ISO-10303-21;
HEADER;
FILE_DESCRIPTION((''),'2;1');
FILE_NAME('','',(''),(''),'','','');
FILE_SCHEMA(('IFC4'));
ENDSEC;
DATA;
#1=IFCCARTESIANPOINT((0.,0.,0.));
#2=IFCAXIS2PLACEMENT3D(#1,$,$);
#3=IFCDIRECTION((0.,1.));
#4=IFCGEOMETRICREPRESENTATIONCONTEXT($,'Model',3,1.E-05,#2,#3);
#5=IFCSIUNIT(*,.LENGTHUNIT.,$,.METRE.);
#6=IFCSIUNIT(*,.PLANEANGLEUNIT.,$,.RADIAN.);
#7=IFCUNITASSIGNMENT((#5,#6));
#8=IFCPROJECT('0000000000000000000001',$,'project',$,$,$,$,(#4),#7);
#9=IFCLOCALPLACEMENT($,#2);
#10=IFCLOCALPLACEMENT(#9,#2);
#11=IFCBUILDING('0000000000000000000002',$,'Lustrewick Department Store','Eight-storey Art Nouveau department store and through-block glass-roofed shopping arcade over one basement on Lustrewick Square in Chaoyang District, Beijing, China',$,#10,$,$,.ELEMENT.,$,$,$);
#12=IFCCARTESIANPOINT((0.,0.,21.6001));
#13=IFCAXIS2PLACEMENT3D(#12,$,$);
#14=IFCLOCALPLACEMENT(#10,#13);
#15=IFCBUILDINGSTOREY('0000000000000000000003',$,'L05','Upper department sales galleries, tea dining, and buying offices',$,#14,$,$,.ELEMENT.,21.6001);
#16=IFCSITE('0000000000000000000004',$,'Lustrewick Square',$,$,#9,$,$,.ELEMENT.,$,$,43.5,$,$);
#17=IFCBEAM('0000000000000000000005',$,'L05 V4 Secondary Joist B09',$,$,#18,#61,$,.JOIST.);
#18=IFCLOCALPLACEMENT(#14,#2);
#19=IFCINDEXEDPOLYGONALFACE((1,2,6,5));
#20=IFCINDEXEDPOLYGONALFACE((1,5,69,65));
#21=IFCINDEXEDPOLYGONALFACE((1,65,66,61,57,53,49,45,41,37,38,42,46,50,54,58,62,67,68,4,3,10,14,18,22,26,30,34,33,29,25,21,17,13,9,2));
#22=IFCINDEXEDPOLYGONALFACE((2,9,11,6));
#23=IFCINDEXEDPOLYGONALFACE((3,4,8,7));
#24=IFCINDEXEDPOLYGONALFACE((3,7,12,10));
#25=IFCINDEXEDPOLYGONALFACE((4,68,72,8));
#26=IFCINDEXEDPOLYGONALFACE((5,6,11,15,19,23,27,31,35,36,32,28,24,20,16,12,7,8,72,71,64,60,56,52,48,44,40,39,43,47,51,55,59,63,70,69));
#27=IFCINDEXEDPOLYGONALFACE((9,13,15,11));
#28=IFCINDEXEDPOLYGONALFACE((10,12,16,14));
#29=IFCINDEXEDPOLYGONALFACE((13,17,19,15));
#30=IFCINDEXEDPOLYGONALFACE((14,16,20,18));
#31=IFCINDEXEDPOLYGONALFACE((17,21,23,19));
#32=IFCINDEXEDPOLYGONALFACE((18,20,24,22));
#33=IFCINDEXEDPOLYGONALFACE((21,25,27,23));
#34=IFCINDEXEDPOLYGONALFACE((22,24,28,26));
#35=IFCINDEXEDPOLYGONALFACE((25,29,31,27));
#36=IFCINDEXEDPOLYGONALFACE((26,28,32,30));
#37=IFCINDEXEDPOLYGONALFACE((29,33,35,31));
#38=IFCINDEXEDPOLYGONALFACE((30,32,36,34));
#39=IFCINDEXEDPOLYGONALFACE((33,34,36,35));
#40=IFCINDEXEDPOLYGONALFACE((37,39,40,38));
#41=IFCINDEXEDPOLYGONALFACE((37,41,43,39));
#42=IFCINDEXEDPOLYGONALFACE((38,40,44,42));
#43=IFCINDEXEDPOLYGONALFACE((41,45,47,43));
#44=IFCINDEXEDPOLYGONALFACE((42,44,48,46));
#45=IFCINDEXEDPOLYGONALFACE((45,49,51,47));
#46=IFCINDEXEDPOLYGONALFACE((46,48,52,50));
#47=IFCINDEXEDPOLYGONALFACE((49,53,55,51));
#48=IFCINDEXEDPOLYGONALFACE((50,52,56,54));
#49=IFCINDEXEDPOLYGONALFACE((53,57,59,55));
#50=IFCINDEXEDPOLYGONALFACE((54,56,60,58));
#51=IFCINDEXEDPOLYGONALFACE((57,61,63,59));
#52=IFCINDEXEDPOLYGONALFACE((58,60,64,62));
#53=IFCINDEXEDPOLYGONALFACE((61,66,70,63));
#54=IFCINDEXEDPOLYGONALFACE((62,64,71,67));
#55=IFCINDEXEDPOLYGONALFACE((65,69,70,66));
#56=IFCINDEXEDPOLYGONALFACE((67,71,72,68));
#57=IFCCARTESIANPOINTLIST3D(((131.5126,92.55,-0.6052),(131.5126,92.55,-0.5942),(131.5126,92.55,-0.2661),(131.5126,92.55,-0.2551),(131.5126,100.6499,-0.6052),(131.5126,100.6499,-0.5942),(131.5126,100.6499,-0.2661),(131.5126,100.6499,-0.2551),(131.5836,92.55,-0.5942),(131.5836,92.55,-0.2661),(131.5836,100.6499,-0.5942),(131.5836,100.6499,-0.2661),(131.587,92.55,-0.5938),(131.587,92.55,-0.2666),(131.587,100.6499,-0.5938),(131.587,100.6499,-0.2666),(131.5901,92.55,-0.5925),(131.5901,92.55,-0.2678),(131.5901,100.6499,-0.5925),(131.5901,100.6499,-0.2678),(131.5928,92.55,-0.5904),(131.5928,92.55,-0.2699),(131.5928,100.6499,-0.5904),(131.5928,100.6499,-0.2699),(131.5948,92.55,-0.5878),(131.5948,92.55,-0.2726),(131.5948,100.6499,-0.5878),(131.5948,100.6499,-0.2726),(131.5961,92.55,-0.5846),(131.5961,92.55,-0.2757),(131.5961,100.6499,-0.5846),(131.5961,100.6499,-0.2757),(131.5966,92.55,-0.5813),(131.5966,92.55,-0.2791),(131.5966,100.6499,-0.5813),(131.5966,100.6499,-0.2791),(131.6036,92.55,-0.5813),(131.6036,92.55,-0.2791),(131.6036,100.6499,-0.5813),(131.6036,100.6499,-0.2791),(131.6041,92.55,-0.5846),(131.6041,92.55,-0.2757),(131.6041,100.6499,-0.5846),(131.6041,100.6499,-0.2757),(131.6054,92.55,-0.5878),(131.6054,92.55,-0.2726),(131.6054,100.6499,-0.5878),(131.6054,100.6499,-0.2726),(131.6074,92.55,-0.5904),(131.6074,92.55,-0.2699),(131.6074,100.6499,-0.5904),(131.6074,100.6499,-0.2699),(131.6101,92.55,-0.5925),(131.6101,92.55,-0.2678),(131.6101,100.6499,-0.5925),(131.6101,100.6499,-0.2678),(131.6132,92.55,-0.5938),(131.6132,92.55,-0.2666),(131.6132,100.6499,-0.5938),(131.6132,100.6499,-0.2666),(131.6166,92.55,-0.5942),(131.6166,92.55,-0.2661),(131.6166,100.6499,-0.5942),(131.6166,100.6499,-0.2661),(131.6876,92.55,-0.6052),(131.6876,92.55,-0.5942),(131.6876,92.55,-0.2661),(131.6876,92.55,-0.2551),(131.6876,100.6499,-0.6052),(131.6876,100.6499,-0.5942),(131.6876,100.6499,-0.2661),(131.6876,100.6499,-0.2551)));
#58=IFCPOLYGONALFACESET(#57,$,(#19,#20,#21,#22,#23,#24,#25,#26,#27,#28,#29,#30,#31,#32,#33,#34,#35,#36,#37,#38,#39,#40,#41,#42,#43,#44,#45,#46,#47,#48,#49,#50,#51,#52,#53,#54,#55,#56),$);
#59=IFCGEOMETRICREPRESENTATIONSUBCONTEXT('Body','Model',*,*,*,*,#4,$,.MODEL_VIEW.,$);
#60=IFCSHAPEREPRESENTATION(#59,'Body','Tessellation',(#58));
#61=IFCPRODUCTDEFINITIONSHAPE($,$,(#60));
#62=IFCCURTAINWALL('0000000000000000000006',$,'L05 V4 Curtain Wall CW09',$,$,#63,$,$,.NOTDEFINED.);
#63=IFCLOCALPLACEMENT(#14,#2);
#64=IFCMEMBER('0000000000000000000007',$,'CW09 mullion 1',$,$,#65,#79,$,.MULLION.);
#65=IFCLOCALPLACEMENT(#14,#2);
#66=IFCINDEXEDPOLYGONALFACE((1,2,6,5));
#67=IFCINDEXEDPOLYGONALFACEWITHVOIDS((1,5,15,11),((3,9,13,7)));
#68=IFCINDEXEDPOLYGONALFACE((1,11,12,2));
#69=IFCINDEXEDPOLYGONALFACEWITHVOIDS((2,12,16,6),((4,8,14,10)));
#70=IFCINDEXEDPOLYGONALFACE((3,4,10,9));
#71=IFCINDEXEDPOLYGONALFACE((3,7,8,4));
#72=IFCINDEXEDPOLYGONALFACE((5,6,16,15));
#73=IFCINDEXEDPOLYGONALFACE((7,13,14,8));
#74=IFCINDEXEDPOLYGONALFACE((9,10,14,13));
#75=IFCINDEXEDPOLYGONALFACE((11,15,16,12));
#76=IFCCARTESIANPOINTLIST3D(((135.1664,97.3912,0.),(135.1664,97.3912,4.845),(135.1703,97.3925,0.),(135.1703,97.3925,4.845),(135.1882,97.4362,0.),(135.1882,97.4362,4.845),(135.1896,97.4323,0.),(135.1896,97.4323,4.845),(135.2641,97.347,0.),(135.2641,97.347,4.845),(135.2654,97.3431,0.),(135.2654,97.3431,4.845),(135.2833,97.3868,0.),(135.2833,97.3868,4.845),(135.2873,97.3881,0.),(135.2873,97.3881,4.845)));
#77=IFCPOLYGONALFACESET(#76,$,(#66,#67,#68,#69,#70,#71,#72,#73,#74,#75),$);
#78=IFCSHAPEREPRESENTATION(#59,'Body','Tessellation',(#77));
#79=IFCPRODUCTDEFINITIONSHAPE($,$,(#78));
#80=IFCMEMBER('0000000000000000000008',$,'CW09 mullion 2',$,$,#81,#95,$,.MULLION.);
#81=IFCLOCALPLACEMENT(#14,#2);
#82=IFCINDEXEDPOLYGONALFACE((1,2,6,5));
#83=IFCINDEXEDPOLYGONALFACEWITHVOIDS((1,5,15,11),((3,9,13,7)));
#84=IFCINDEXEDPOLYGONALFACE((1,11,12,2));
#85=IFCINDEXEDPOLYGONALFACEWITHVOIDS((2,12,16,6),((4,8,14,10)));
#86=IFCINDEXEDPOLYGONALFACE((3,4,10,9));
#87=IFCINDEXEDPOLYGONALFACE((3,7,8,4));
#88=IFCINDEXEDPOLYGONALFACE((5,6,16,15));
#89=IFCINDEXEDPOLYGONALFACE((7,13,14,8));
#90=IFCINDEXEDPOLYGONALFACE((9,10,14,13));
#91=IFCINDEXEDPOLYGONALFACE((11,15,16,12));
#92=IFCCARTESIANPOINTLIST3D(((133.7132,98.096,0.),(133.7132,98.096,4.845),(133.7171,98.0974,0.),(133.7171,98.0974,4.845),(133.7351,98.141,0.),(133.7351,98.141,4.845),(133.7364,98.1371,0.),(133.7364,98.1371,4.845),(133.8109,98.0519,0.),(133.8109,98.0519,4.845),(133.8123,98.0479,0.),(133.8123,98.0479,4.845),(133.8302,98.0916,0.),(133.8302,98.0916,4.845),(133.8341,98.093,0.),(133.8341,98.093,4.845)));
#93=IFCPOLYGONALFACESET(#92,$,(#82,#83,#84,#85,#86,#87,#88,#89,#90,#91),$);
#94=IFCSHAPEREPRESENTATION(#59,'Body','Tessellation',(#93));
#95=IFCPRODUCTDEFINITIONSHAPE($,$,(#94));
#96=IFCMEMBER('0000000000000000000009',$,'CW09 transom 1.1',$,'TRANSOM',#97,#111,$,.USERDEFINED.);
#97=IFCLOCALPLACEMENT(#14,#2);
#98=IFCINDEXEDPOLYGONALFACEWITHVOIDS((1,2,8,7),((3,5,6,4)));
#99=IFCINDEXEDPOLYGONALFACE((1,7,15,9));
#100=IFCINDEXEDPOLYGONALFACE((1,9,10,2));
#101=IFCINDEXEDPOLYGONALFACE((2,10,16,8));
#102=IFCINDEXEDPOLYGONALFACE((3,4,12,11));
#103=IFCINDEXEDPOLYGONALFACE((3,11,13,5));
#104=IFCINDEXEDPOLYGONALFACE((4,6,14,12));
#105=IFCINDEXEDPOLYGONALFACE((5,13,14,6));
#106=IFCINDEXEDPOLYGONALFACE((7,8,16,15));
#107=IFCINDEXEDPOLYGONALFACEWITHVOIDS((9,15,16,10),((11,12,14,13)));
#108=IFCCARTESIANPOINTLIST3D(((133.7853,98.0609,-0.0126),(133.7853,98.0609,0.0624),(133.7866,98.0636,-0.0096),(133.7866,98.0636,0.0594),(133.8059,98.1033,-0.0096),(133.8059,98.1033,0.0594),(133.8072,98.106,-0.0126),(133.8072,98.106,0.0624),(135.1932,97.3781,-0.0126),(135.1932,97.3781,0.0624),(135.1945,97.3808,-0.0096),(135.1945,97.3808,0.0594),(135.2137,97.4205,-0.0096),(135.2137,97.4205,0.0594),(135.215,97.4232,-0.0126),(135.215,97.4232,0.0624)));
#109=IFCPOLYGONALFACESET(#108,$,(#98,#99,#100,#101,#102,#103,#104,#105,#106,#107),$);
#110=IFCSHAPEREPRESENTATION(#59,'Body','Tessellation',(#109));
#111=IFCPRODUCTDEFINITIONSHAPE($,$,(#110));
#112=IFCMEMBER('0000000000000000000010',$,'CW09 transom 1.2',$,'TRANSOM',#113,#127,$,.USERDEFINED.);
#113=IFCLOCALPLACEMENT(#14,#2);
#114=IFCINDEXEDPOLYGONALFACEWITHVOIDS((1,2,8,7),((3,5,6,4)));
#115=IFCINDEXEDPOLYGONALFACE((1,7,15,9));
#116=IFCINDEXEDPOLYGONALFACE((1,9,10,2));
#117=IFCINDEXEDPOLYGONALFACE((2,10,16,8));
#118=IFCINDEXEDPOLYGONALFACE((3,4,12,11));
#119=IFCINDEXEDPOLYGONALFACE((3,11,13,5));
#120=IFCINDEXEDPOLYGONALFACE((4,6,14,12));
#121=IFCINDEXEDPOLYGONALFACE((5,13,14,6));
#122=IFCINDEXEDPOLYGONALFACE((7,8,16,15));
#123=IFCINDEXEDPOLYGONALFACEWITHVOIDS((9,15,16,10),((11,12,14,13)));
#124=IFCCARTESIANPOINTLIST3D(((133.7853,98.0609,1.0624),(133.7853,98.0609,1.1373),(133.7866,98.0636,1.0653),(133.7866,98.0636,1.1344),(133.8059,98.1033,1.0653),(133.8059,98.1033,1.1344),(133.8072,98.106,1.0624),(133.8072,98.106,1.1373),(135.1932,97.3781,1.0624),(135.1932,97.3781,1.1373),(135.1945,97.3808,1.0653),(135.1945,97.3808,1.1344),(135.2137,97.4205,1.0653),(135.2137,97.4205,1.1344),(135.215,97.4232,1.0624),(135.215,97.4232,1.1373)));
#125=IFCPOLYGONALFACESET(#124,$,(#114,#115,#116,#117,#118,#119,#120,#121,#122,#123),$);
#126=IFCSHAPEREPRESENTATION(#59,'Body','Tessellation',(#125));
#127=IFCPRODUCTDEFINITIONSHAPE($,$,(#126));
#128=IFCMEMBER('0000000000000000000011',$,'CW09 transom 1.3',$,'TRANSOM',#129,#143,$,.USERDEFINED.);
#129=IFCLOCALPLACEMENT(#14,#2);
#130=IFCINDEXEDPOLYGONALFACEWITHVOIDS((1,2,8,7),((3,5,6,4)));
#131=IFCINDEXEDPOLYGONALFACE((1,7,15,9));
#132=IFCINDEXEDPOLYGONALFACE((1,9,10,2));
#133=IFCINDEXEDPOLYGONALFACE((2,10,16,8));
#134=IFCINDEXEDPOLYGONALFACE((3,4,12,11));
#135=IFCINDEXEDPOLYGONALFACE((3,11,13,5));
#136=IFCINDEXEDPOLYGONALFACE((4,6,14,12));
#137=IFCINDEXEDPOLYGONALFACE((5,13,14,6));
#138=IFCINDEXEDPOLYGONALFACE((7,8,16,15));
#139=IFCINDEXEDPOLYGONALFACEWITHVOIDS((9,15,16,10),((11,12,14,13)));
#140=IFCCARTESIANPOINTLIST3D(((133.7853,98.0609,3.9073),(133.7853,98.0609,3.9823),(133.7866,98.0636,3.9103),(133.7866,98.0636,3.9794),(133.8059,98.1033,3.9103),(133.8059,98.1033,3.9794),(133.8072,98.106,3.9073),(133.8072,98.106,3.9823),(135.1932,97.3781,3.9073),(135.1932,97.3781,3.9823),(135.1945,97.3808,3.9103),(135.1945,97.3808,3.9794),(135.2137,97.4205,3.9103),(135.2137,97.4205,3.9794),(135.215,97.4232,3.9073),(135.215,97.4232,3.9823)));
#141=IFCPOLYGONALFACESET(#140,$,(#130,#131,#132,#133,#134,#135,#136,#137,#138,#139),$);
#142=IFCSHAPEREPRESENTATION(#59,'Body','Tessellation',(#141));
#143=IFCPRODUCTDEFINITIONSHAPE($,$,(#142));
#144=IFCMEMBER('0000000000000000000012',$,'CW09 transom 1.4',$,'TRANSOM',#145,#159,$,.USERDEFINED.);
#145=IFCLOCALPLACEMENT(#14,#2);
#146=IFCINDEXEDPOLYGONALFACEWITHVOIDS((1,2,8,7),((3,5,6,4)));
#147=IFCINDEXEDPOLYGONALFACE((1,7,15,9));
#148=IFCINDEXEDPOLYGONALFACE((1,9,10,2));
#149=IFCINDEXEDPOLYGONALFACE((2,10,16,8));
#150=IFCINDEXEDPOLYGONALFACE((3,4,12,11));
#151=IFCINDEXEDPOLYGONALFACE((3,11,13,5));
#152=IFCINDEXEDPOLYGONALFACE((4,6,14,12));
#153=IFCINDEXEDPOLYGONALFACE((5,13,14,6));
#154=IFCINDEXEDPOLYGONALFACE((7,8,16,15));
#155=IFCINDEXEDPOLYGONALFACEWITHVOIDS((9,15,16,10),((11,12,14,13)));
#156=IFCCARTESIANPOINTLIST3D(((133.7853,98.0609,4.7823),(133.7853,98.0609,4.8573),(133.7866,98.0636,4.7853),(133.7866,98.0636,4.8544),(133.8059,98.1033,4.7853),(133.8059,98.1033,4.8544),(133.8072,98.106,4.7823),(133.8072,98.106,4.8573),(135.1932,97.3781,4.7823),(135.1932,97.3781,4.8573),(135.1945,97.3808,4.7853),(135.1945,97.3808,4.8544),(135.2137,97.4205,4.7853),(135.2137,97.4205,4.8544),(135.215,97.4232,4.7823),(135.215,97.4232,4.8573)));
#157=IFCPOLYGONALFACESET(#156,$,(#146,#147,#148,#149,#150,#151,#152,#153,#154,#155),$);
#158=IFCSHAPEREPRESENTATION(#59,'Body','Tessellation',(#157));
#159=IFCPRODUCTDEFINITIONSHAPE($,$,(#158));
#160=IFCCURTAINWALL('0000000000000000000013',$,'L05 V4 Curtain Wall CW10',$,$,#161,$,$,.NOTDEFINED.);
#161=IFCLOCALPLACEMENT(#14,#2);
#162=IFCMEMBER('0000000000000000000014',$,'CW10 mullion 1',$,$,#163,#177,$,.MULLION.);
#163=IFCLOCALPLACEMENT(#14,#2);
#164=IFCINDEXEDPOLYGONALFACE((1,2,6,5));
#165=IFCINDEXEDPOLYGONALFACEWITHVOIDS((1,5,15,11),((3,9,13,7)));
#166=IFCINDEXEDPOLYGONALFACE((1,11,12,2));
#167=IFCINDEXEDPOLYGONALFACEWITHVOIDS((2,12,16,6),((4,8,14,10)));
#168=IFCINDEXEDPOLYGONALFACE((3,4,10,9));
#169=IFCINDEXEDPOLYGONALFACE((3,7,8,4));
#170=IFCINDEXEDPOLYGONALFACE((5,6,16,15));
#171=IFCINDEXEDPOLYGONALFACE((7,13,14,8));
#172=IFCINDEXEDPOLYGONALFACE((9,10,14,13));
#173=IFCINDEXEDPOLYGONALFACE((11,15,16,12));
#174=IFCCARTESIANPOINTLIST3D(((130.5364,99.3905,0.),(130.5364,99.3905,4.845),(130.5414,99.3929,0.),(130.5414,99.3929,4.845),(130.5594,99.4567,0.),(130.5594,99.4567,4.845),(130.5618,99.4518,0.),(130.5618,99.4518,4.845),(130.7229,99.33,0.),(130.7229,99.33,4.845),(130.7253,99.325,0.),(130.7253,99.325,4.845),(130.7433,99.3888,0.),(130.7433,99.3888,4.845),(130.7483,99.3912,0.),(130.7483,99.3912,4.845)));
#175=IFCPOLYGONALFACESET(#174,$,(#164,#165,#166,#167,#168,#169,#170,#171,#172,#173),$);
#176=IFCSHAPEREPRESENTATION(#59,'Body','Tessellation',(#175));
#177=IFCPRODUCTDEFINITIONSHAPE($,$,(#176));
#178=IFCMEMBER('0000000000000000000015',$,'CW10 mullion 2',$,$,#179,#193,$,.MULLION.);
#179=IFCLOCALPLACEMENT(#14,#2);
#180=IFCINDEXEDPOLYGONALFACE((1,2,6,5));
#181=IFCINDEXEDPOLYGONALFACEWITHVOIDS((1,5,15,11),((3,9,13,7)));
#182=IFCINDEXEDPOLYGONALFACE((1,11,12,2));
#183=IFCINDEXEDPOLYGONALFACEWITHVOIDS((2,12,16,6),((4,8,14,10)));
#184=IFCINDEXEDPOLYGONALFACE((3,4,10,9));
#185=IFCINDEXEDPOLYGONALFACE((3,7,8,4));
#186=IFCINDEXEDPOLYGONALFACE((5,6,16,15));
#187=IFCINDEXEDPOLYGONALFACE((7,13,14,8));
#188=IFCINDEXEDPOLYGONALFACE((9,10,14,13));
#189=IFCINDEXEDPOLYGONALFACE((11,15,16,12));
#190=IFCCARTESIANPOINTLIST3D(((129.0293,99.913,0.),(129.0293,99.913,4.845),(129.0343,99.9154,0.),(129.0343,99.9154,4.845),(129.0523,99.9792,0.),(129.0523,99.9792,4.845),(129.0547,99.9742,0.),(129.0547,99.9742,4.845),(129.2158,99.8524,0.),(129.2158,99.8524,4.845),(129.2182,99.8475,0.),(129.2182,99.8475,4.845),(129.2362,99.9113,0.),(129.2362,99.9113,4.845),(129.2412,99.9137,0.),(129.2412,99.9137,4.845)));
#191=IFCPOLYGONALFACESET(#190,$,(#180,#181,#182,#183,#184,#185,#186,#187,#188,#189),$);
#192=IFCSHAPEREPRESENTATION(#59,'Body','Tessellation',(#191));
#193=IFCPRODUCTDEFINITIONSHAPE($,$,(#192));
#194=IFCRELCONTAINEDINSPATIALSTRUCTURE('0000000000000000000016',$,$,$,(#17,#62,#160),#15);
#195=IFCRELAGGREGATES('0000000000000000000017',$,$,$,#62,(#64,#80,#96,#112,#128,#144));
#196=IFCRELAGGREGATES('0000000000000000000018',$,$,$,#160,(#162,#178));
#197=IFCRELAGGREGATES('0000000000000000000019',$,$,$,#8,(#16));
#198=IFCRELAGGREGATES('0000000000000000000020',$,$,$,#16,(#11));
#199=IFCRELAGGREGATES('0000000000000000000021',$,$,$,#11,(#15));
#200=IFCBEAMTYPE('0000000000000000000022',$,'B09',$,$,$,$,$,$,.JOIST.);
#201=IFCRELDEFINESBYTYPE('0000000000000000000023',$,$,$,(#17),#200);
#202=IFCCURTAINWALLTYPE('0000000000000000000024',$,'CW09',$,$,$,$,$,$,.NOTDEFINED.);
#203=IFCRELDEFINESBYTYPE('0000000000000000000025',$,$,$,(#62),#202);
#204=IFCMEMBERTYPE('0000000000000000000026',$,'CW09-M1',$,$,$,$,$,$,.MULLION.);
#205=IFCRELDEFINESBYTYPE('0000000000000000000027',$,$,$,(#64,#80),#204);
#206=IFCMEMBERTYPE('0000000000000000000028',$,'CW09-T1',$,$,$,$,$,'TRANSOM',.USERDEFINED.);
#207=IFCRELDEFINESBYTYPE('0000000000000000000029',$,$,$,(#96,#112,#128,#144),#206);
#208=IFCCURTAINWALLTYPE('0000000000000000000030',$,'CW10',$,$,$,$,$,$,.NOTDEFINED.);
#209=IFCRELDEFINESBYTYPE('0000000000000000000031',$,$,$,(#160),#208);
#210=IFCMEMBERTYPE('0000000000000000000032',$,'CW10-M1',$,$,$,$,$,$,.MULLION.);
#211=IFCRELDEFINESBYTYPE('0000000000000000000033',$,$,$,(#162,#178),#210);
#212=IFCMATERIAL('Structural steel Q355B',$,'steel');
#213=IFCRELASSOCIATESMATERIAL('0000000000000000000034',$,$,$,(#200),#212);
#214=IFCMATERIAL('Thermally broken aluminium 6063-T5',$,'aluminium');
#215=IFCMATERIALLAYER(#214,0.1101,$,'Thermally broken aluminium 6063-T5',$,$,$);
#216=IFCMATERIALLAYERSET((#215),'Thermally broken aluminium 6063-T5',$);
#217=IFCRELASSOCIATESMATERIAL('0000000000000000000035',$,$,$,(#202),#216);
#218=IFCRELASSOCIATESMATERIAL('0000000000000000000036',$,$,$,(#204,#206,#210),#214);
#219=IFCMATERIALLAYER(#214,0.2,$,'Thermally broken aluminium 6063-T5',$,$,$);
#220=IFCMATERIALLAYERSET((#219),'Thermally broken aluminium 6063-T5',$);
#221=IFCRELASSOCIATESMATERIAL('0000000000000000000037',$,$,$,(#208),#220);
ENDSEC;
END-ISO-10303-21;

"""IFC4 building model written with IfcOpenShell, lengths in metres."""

from ifc_helpers import new_model, si_unit, direction, frame, origin, origin_2d, place, context, subcontext, project, spatial, hollow_rectangle, i_section, extrude, material, layer, layer_set, material_profile, profile_set, type_object, element, aggregate, save


model = new_model("IFC4")

# Units and contexts
model_context = context("Model", 3, precision=1e-05, world=origin(), true_north=direction((0.0, 1.0)))
body_context = subcontext(model_context, "Body", "Model", "MODEL_VIEW")
ifc_project = project(units=[si_unit("LENGTHUNIT", "METRE"), si_unit("PLANEANGLEUNIT", "RADIAN")], contexts=[model_context])

# Site, building, storey
site_placement = place(None, origin())
site = spatial("IfcSite", under=ifc_project, at=site_placement, Name="Lustrewick Square", CompositionType="ELEMENT", RefElevation=43.5)
building_placement = place(site_placement, origin())
building = spatial("IfcBuilding", under=site, at=building_placement, Name="Lustrewick Department Store", Description="Eight-storey Art Nouveau department store and through-block glass-roofed shopping arcade over one basement on Lustrewick Square in Chaoyang District, Beijing, China", CompositionType="ELEMENT")
storey_placement = place(building_placement, frame((0.0, 0.0, 21.6001)))
storey = spatial("IfcBuildingStorey", under=building, at=storey_placement, Name="L05", Description="Upper department sales galleries, tea dining, and buying offices", CompositionType="ELEMENT", Elevation=21.6001)

# Beam
ifc_material_1 = material(Name="Structural steel Q355B", Category="steel")
ifc_material_profile_1 = material_profile(ifc_material_1, i_section(OverallWidth=0.175, OverallDepth=0.3501, WebThickness=0.0071, FlangeThickness=0.011, FilletRadius=0.0129, at=origin_2d()), Name="HN 350x175x7x11")
ifc_profile_set_1 = profile_set([ifc_material_profile_1], Name="Structural steel Q355B")
beam_type_1 = type_object("IfcBeamType", Name="B09", PredefinedType="JOIST", material=ifc_profile_set_1)
beam_1_placement = place(storey_placement, frame((131.6001, 92.55, -0.4302), z_axis=(0.0, 1.0, 0.0), x_axis=(-1.0, 0.0, 0.0)))
element("IfcBeam", 1, at=beam_1_placement, inside=storey, type_object=beam_type_1, Name="L05 V4 Secondary Joist B09", PredefinedType="JOIST", context=body_context, shape_type="SweptSolid", body=[
    extrude(i_section(OverallWidth=0.175, OverallDepth=0.3501, WebThickness=0.0071, FlangeThickness=0.011, FilletRadius=0.0129, at=origin_2d()), origin(), (0.0, 0.0, 1.0), 8.0999),
])

# Curtain walls, members
ifc_material_2 = material(Name="Thermally broken aluminium 6063-T5", Category="aluminium")
ifc_layer_1 = layer(ifc_material_2, 0.1101, Name="Thermally broken aluminium 6063-T5")
ifc_layer_set_1 = layer_set([ifc_layer_1], Name="Thermally broken aluminium 6063-T5")
curtain_wall_type_1 = type_object("IfcCurtainWallType", Name="CW09", PredefinedType="NOTDEFINED", material=ifc_layer_set_1)
curtain_wall_1_placement = place(storey_placement, origin())
curtain_wall_1 = element("IfcCurtainWall", 2, at=curtain_wall_1_placement, inside=storey, type_object=curtain_wall_type_1, Name="L05 V4 Curtain Wall CW09", PredefinedType="NOTDEFINED")
ifc_material_profile_2 = material_profile(ifc_material_2, hollow_rectangle(XDim=0.05, YDim=0.1101, WallThickness=0.0029, at=origin_2d()), Name="ALU-M 50x110x3")
ifc_profile_set_2 = profile_set([ifc_material_profile_2], Name="Thermally broken aluminium 6063-T5")
member_type_1 = type_object("IfcMemberType", Name="CW09-M1", PredefinedType="MULLION", material=ifc_profile_set_2)
member_1_placement = place(storey_placement, frame((135.2268, 97.3896, 0.0), z_axis=(0.0, 0.0, 1.0), x_axis=(-0.436418, -0.899744, 0.0)))
member_1 = element("IfcMember", 3, at=member_1_placement, type_object=member_type_1, Name="CW09 mullion 1", PredefinedType="MULLION", context=body_context, shape_type="SweptSolid", body=[
    extrude(hollow_rectangle(XDim=0.05, YDim=0.1101, WallThickness=0.0029, at=origin_2d()), origin(), (0.0, 0.0, 1.0), 4.845),
])
member_2_placement = place(storey_placement, frame((133.7737, 98.0945, 0.0), z_axis=(0.0, 0.0, 1.0), x_axis=(-0.436418, -0.899744, 0.0)))
member_2 = element("IfcMember", 4, at=member_2_placement, type_object=member_type_1, Name="CW09 mullion 2", PredefinedType="MULLION", context=body_context, shape_type="SweptSolid", body=[
    extrude(hollow_rectangle(XDim=0.05, YDim=0.1101, WallThickness=0.0029, at=origin_2d()), origin(), (0.0, 0.0, 1.0), 4.845),
])
ifc_material_profile_3 = material_profile(ifc_material_2, hollow_rectangle(XDim=0.05, YDim=0.075, WallThickness=0.0029, at=origin_2d()), Name="ALU-T 50x75x3")
ifc_profile_set_3 = profile_set([ifc_material_profile_3], Name="Thermally broken aluminium 6063-T5")
member_type_2 = type_object("IfcMemberType", Name="CW09-T1", ElementType="TRANSOM", PredefinedType="USERDEFINED", material=ifc_profile_set_3)
member_3_placement = place(storey_placement, frame((135.2041, 97.4006, 0.0249), z_axis=(-0.89976, 0.436385, 0.0), x_axis=(-0.436385, -0.89976, 0.0)))
member_3 = element("IfcMember", 5, at=member_3_placement, type_object=member_type_2, Name="CW09 transom 1.1", ObjectType="TRANSOM", PredefinedType="USERDEFINED", context=body_context, shape_type="SweptSolid", body=[
    extrude(hollow_rectangle(XDim=0.05, YDim=0.075, WallThickness=0.0029, at=origin_2d()), origin(), (0.0, 0.0, 1.0), 1.5647),
])
member_4_placement = place(storey_placement, frame((135.2041, 97.4006, 1.0999), z_axis=(-0.89976, 0.436385, 0.0), x_axis=(-0.436385, -0.89976, 0.0)))
member_4 = element("IfcMember", 6, at=member_4_placement, type_object=member_type_2, Name="CW09 transom 1.2", ObjectType="TRANSOM", PredefinedType="USERDEFINED", context=body_context, shape_type="SweptSolid", body=[
    extrude(hollow_rectangle(XDim=0.05, YDim=0.075, WallThickness=0.0029, at=origin_2d()), origin(), (0.0, 0.0, 1.0), 1.5647),
])
member_5_placement = place(storey_placement, frame((135.2041, 97.4006, 3.9448), z_axis=(-0.89976, 0.436385, 0.0), x_axis=(-0.436385, -0.89976, 0.0)))
member_5 = element("IfcMember", 7, at=member_5_placement, type_object=member_type_2, Name="CW09 transom 1.3", ObjectType="TRANSOM", PredefinedType="USERDEFINED", context=body_context, shape_type="SweptSolid", body=[
    extrude(hollow_rectangle(XDim=0.05, YDim=0.075, WallThickness=0.0029, at=origin_2d()), origin(), (0.0, 0.0, 1.0), 1.5647),
])
member_6_placement = place(storey_placement, frame((135.2041, 97.4006, 4.8198), z_axis=(-0.89976, 0.436385, 0.0), x_axis=(-0.436385, -0.89976, 0.0)))
member_6 = element("IfcMember", 8, at=member_6_placement, type_object=member_type_2, Name="CW09 transom 1.4", ObjectType="TRANSOM", PredefinedType="USERDEFINED", context=body_context, shape_type="SweptSolid", body=[
    extrude(hollow_rectangle(XDim=0.05, YDim=0.075, WallThickness=0.0029, at=origin_2d()), origin(), (0.0, 0.0, 1.0), 1.5647),
])
ifc_layer_2 = layer(ifc_material_2, 0.2, Name="Thermally broken aluminium 6063-T5")
ifc_layer_set_2 = layer_set([ifc_layer_2], Name="Thermally broken aluminium 6063-T5")
curtain_wall_type_2 = type_object("IfcCurtainWallType", Name="CW10", PredefinedType="NOTDEFINED", material=ifc_layer_set_2)
curtain_wall_2_placement = place(storey_placement, origin())
curtain_wall_2 = element("IfcCurtainWall", 9, at=curtain_wall_2_placement, inside=storey, type_object=curtain_wall_type_2, Name="L05 V4 Curtain Wall CW10", PredefinedType="NOTDEFINED")
ifc_material_profile_4 = material_profile(ifc_material_2, hollow_rectangle(XDim=0.0701, YDim=0.2, WallThickness=0.0039, at=origin_2d()), Name="ALU-M 70x200x4")
ifc_profile_set_4 = profile_set([ifc_material_profile_4], Name="Thermally broken aluminium 6063-T5")
member_type_3 = type_object("IfcMemberType", Name="CW10-M1", PredefinedType="MULLION", material=ifc_profile_set_4)
member_7_placement = place(storey_placement, frame((130.6423, 99.3909, 0.0), z_axis=(0.0, 0.0, 1.0), x_axis=(-0.327628, -0.944807, 0.0)))
member_7 = element("IfcMember", 10, at=member_7_placement, type_object=member_type_3, Name="CW10 mullion 1", PredefinedType="MULLION", context=body_context, shape_type="SweptSolid", body=[
    extrude(hollow_rectangle(XDim=0.0701, YDim=0.2, WallThickness=0.0039, at=origin_2d()), origin(), (0.0, 0.0, 1.0), 4.845),
])
member_8_placement = place(storey_placement, frame((129.1353, 99.9133, 0.0), z_axis=(0.0, 0.0, 1.0), x_axis=(-0.327628, -0.944807, 0.0)))
member_8 = element("IfcMember", 11, at=member_8_placement, type_object=member_type_3, Name="CW10 mullion 2", PredefinedType="MULLION", context=body_context, shape_type="SweptSolid", body=[
    extrude(hollow_rectangle(XDim=0.0701, YDim=0.2, WallThickness=0.0039, at=origin_2d()), origin(), (0.0, 0.0, 1.0), 4.845),
])

aggregate(curtain_wall_1, [member_1, member_2, member_3, member_4, member_5, member_6])
aggregate(curtain_wall_2, [member_7, member_8])

save(model, "model.ifc")
